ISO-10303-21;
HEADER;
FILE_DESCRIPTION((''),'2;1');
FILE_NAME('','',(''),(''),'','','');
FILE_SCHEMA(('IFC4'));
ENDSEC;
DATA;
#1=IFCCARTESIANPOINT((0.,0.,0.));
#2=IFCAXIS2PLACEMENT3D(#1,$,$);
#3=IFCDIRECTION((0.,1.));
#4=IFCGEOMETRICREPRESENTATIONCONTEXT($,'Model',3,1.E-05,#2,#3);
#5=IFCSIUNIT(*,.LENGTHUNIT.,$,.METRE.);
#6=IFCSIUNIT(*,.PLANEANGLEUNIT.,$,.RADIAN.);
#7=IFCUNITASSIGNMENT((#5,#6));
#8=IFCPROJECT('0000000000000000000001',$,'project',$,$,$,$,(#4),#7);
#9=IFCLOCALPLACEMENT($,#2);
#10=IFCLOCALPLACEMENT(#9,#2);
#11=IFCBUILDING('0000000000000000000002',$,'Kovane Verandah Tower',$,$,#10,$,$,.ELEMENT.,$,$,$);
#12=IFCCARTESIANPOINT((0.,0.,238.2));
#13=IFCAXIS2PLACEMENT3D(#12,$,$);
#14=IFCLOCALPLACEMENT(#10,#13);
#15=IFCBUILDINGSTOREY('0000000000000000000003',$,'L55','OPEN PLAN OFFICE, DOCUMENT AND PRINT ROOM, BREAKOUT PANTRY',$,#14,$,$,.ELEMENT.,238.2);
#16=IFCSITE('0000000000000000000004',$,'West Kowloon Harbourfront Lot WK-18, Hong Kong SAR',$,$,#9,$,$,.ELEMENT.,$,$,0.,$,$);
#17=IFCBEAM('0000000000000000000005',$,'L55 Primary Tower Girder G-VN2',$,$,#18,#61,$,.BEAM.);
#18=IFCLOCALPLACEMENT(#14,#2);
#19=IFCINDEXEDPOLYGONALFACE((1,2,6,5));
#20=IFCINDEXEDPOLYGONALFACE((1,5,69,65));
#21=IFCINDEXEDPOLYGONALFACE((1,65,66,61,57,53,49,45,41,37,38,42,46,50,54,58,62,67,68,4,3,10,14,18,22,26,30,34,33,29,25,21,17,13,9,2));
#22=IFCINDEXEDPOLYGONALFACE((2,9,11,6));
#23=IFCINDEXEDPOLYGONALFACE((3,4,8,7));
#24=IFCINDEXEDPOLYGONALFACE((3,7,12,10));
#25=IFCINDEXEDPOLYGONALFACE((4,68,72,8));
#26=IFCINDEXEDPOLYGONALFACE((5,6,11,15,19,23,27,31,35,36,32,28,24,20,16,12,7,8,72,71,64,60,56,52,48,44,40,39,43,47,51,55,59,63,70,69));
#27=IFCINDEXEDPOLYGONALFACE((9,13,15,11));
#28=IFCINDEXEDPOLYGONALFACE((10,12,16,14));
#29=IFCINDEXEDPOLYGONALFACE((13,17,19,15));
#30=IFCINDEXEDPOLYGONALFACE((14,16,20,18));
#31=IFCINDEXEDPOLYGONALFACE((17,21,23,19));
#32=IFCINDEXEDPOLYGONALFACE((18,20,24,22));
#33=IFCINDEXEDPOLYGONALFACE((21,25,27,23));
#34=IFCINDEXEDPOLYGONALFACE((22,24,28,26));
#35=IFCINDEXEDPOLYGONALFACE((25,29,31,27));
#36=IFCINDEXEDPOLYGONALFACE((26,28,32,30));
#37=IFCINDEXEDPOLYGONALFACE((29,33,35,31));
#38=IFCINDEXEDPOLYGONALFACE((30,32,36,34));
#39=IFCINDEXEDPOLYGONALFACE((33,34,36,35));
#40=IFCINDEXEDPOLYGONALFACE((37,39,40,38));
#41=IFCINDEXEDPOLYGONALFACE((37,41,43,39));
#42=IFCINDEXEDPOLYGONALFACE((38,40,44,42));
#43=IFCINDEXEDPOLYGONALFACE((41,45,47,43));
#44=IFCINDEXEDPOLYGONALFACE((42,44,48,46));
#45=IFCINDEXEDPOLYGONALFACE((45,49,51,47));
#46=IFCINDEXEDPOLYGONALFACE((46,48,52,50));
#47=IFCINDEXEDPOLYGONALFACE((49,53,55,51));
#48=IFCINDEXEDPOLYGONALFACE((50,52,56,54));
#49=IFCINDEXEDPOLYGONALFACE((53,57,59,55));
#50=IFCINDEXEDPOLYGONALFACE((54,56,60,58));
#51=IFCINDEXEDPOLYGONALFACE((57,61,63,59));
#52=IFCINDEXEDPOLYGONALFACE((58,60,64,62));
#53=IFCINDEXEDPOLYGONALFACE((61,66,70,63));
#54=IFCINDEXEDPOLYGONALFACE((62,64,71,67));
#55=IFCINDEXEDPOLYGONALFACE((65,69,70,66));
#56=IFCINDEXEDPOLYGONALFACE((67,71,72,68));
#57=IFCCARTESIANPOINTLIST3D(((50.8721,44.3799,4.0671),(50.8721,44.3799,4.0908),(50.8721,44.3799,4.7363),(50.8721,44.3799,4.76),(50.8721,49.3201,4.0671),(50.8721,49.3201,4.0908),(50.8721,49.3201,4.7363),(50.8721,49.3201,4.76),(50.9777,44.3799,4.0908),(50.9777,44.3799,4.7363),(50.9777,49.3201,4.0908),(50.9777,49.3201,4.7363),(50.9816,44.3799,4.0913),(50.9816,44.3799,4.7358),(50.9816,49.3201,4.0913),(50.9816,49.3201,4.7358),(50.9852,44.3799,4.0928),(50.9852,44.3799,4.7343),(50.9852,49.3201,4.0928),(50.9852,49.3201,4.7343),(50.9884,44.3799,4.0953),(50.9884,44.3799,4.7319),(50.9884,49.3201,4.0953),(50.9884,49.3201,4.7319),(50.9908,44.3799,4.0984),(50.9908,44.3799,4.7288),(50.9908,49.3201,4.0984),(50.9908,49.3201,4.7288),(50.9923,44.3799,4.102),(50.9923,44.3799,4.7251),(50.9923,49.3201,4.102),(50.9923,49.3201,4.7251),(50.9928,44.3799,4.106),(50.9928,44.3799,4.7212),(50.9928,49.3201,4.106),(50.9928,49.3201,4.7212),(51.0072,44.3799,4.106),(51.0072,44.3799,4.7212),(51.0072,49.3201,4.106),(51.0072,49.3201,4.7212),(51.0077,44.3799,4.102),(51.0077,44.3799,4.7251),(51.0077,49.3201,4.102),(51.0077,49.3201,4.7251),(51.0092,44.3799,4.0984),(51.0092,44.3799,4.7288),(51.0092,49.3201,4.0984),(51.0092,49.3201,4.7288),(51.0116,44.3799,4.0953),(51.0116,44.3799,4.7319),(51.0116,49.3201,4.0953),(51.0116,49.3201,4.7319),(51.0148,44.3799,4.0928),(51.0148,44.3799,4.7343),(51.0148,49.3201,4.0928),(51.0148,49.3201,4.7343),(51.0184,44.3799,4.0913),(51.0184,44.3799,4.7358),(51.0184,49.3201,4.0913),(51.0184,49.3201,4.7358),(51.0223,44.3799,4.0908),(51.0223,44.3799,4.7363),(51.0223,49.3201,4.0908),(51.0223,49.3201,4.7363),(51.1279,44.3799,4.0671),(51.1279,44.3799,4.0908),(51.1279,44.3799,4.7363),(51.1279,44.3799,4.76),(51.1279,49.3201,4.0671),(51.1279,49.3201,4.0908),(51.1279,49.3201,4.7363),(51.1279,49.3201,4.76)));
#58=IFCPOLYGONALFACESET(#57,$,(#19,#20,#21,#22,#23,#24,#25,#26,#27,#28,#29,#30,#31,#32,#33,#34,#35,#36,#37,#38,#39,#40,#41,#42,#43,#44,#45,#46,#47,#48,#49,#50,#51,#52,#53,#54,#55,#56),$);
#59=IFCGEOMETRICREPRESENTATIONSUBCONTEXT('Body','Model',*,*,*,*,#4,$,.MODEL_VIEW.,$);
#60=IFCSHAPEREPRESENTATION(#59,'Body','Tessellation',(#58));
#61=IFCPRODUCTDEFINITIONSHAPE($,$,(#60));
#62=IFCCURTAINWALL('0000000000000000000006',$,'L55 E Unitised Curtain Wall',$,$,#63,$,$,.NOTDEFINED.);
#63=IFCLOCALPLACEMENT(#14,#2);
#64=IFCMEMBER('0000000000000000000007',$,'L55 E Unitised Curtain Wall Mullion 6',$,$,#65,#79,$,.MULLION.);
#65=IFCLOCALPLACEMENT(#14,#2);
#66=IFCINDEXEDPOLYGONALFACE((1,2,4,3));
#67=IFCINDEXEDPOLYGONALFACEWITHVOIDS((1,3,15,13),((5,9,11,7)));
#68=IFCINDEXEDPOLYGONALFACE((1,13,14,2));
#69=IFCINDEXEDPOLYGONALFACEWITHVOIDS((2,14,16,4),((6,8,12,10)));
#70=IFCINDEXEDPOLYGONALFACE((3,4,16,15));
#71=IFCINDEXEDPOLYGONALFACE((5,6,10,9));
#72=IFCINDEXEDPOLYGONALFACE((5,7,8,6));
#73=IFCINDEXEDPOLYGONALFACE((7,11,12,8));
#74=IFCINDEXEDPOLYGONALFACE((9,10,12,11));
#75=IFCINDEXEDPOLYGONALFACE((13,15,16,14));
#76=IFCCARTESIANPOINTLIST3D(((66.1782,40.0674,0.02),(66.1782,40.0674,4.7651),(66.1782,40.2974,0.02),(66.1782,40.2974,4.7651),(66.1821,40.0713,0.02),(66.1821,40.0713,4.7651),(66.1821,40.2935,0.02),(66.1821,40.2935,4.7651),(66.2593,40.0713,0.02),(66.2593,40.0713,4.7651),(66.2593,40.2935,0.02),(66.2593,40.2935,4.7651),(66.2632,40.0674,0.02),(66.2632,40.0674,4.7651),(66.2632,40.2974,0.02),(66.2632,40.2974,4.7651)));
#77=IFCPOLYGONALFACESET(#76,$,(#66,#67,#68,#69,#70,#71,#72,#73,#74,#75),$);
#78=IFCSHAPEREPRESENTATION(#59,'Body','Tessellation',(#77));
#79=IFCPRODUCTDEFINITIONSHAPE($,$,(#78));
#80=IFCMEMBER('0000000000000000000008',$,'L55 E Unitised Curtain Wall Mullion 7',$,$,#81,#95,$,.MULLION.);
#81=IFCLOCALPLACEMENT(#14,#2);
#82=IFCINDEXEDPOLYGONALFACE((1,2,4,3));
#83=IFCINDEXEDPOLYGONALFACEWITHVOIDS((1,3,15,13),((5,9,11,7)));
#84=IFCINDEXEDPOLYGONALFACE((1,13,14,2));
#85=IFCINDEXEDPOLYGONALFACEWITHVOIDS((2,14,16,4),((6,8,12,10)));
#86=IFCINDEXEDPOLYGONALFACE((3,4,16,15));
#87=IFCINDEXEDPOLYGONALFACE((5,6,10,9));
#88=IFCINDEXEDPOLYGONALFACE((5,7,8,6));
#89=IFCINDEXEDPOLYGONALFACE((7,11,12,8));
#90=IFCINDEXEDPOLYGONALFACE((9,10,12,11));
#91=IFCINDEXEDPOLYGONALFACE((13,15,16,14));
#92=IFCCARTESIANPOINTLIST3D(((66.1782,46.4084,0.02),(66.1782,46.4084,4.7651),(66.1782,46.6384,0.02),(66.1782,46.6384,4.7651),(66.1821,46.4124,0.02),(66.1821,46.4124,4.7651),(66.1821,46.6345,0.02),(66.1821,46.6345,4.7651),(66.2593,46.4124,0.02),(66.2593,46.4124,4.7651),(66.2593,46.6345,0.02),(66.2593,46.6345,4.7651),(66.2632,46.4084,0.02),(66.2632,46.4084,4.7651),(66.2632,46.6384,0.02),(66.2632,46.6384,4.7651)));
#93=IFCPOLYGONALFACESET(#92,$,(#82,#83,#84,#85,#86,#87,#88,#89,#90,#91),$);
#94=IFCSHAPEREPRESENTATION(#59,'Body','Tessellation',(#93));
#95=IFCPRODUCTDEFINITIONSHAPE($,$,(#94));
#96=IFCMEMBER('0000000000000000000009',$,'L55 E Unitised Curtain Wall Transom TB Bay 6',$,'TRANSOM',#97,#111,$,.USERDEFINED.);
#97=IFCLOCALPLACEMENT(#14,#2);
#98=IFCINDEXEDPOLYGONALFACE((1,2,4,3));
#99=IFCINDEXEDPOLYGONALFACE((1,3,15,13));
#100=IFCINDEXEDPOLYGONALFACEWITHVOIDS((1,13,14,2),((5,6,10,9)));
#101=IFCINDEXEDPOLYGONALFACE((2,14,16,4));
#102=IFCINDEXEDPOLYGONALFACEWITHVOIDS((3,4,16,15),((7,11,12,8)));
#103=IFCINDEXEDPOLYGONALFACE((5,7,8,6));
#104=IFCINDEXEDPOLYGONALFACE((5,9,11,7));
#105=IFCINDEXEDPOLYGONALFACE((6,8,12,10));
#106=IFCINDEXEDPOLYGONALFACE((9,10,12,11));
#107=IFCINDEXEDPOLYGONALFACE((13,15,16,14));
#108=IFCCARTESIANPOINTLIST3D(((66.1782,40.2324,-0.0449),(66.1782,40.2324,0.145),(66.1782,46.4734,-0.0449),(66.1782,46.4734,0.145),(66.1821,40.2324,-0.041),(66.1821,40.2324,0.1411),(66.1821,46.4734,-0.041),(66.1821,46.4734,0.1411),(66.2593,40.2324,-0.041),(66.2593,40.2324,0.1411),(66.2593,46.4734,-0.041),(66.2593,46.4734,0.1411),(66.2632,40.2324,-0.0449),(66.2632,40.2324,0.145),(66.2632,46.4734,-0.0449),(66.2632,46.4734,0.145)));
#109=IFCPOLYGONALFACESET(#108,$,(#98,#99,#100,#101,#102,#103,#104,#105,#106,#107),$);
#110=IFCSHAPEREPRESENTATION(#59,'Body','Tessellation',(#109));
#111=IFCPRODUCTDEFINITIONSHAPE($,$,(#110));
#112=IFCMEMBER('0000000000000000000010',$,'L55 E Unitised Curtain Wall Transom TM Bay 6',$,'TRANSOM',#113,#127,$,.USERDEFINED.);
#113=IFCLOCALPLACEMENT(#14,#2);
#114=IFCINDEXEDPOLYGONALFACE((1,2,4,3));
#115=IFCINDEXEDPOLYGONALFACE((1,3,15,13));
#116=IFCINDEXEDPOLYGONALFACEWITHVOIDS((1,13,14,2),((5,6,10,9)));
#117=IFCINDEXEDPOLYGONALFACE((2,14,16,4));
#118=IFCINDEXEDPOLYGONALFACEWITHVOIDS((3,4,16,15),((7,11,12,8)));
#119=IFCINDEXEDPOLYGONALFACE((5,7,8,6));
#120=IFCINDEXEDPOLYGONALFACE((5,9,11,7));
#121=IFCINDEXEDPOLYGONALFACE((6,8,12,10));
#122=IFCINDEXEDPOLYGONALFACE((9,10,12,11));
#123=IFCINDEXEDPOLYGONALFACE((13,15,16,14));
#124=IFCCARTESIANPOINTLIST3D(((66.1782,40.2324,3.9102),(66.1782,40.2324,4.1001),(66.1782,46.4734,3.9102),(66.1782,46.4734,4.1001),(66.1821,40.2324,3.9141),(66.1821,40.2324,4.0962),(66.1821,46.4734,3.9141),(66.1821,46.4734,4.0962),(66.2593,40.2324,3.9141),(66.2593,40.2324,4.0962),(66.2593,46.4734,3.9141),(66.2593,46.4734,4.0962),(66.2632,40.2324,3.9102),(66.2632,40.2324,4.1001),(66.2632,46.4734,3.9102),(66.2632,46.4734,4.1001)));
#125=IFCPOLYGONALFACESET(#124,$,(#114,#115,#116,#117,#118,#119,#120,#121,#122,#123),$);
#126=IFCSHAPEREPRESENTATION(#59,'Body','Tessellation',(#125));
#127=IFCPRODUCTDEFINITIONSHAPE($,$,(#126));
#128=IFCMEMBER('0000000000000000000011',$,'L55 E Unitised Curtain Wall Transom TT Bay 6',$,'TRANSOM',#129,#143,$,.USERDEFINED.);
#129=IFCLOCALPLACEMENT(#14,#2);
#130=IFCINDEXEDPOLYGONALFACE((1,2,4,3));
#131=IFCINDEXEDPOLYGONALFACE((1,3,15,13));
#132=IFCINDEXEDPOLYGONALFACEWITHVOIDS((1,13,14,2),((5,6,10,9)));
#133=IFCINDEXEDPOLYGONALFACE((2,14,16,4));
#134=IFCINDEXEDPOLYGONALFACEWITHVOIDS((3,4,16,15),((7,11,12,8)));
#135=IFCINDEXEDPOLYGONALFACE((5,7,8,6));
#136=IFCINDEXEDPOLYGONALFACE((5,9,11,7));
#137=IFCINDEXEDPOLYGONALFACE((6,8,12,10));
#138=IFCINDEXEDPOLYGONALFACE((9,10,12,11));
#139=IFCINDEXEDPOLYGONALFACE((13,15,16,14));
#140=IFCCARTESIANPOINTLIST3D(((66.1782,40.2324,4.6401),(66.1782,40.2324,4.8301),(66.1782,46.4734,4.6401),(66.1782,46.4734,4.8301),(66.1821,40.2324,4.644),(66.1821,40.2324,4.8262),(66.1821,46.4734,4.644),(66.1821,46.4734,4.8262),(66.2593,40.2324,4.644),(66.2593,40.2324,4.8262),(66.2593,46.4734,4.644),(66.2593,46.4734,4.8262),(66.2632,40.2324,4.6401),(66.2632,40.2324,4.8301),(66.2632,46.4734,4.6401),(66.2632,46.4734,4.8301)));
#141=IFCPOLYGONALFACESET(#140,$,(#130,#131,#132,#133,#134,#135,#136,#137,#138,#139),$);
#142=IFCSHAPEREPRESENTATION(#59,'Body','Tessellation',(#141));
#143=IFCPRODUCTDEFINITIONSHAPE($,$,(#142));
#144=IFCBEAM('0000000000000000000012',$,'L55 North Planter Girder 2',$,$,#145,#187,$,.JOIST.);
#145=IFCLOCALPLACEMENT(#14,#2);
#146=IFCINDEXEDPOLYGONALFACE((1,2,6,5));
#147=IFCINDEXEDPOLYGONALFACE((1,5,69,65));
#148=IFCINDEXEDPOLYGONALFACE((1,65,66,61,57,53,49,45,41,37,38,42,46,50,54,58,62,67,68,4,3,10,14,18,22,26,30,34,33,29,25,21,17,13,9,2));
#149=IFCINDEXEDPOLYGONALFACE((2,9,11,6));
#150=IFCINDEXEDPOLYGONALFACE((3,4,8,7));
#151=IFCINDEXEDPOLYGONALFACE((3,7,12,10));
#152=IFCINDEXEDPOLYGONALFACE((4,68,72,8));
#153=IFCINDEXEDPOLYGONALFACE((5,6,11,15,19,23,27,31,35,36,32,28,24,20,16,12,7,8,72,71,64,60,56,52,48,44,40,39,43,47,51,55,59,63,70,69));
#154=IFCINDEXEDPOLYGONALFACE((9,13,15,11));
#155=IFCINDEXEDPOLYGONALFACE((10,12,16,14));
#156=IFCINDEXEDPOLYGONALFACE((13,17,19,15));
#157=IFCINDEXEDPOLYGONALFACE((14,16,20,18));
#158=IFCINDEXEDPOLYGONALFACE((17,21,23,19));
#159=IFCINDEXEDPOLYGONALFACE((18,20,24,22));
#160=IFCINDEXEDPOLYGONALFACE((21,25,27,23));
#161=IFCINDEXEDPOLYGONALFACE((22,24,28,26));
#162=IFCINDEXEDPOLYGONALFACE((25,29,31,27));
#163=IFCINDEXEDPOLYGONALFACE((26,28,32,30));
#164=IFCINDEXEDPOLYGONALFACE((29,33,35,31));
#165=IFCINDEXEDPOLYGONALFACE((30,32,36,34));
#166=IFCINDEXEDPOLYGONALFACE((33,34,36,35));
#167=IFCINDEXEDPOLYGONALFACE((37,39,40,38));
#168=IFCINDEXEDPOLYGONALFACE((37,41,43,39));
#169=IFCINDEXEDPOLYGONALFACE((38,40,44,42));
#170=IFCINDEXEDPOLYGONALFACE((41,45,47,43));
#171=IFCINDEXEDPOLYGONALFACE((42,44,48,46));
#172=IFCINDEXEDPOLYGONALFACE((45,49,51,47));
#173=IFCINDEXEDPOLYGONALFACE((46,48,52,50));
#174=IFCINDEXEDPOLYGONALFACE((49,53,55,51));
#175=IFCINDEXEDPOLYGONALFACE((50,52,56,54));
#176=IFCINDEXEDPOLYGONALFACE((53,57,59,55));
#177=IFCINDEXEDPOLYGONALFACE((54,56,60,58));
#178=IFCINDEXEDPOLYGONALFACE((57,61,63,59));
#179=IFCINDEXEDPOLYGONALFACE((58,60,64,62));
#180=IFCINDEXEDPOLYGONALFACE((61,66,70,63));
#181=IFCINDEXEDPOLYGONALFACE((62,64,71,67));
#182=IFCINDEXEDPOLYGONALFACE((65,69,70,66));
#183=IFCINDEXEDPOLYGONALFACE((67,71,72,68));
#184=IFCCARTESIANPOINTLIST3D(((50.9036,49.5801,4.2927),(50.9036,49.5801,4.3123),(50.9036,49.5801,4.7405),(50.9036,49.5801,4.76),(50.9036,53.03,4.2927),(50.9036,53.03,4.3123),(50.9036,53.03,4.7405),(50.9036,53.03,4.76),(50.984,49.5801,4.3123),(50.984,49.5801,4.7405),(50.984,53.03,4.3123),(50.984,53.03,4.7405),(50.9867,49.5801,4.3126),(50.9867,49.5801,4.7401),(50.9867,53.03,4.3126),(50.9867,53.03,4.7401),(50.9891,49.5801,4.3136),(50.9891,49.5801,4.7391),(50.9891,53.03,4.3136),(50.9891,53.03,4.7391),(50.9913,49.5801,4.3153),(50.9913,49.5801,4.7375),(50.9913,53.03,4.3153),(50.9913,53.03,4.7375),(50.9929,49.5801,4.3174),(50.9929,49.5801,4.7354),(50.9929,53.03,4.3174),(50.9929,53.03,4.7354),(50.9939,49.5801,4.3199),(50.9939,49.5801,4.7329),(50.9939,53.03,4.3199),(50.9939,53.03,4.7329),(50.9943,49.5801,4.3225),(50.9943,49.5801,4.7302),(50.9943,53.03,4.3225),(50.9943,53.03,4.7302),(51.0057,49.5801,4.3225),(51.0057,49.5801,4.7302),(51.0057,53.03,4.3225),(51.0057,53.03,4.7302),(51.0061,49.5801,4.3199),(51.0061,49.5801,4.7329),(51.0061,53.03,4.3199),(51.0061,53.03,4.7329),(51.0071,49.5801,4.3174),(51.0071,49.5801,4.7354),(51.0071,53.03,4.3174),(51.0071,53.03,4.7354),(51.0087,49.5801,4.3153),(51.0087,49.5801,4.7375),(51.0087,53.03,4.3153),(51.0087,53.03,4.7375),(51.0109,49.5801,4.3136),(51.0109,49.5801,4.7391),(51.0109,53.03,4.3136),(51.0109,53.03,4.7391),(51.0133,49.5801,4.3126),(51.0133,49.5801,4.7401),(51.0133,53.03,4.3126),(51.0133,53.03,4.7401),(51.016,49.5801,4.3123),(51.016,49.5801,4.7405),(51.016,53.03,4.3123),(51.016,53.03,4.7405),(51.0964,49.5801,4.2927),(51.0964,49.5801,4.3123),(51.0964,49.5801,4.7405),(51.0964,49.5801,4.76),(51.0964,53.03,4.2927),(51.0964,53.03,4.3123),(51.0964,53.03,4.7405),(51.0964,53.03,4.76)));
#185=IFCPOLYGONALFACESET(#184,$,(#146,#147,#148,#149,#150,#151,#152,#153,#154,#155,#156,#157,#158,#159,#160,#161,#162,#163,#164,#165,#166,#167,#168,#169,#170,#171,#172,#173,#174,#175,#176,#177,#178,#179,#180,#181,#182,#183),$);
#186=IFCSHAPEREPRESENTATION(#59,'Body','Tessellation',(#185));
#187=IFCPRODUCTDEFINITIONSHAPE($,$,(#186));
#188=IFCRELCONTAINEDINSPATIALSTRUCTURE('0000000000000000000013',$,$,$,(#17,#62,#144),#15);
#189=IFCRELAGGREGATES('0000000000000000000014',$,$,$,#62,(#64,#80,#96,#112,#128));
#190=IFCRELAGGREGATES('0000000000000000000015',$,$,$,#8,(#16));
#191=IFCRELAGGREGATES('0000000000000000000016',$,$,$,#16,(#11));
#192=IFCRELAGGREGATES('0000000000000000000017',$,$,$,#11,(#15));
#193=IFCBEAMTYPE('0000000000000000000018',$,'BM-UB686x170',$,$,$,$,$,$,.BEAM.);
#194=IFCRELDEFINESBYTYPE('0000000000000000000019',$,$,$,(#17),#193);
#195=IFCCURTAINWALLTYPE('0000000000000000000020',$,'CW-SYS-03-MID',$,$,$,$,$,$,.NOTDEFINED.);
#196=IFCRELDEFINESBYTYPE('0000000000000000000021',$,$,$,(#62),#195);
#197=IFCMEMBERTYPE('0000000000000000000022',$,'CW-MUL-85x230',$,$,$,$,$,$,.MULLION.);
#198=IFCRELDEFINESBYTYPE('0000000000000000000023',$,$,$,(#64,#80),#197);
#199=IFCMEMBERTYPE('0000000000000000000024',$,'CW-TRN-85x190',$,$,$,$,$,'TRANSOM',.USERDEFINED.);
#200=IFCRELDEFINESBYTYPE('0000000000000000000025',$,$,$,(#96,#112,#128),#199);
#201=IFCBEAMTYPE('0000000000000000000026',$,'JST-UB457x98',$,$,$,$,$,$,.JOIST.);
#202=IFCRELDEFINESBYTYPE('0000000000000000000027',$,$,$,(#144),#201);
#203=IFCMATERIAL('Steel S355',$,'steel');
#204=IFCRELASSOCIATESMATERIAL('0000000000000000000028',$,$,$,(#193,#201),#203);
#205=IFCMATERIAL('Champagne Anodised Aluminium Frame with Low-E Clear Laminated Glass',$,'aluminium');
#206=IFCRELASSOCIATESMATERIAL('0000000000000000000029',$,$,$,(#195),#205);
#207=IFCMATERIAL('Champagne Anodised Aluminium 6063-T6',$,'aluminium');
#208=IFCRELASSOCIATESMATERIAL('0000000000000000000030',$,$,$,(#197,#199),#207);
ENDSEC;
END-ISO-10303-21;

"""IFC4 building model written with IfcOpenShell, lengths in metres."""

from ifc_helpers import new_model, si_unit, direction, frame, origin, origin_2d, place, context, subcontext, project, spatial, hollow_rectangle, i_section, extrude, material, material_profile, profile_set, type_object, element, aggregate, save


model = new_model("IFC4")

# Units and contexts
model_context = context("Model", 3, precision=1e-05, world=origin(), true_north=direction((0.0, 1.0)))
body_context = subcontext(model_context, "Body", "Model", "MODEL_VIEW")
ifc_project = project(units=[si_unit("LENGTHUNIT", "METRE"), si_unit("PLANEANGLEUNIT", "RADIAN")], contexts=[model_context])

# Site, building, storey
site_placement = place(None, origin())
site = spatial("IfcSite", under=ifc_project, at=site_placement, Name="West Kowloon Harbourfront Lot WK-18, Hong Kong SAR", CompositionType="ELEMENT", RefElevation=0.0)
building_placement = place(site_placement, origin())
building = spatial("IfcBuilding", under=site, at=building_placement, Name="Kovane Verandah Tower", CompositionType="ELEMENT")
storey_placement = place(building_placement, frame((0.0, 0.0, 238.2)))
storey = spatial("IfcBuildingStorey", under=building, at=storey_placement, Name="L55", Description="OPEN PLAN OFFICE, DOCUMENT AND PRINT ROOM, BREAKOUT PANTRY", CompositionType="ELEMENT", Elevation=238.2)

# Beam
ifc_material_1 = material(Name="Steel S355", Category="steel")
ifc_material_profile_1 = material_profile(ifc_material_1, i_section(OverallWidth=0.2559, OverallDepth=0.6929, WebThickness=0.0144, FlangeThickness=0.0237, FilletRadius=0.0151, at=origin_2d()), Name="UB686x254x170")
ifc_profile_set_1 = profile_set([ifc_material_profile_1], Name="Steel S355")
beam_type_1 = type_object("IfcBeamType", Name="BM-UB686x170", PredefinedType="BEAM", material=ifc_profile_set_1)
beam_1_placement = place(storey_placement, frame((51.0, 44.3799, 4.4136), z_axis=(0.0, 1.0, 0.0), x_axis=(-1.0, 0.0, 0.0)))
element("IfcBeam", 1, at=beam_1_placement, inside=storey, type_object=beam_type_1, Name="L55 Primary Tower Girder G-VN2", PredefinedType="BEAM", context=body_context, shape_type="SweptSolid", body=[
    extrude(i_section(OverallWidth=0.2559, OverallDepth=0.6929, WebThickness=0.0144, FlangeThickness=0.0237, FilletRadius=0.0151, at=origin_2d()), origin(), (0.0, 0.0, 1.0), 4.9402),
])

# Curtain wall, members
ifc_material_2 = material(Name="Champagne Anodised Aluminium Frame with Low-E Clear Laminated Glass", Category="aluminium")
curtain_wall_type = type_object("IfcCurtainWallType", Name="CW-SYS-03-MID", PredefinedType="NOTDEFINED", material=ifc_material_2)
curtain_wall_placement = place(storey_placement, origin())
curtain_wall = element("IfcCurtainWall", 2, at=curtain_wall_placement, inside=storey, type_object=curtain_wall_type, Name="L55 E Unitised Curtain Wall", PredefinedType="NOTDEFINED")
ifc_material_3 = material(Name="Champagne Anodised Aluminium 6063-T6", Category="aluminium")
ifc_material_profile_2 = material_profile(ifc_material_3, hollow_rectangle(XDim=0.085, YDim=0.23, WallThickness=0.0039, at=origin_2d()), Name="AL85x230x4")
ifc_profile_set_2 = profile_set([ifc_material_profile_2], Name="Champagne Anodised Aluminium 6063-T6")
member_type_1 = type_object("IfcMemberType", Name="CW-MUL-85x230", PredefinedType="MULLION", material=ifc_profile_set_2)
member_1_placement = place(storey_placement, frame((66.2207, 40.1824, 0.02), z_axis=(0.0, 0.0, 1.0), x_axis=(1.0, 0.0, 0.0)))
member_1 = element("IfcMember", 3, at=member_1_placement, type_object=member_type_1, Name="L55 E Unitised Curtain Wall Mullion 6", PredefinedType="MULLION", context=body_context, shape_type="SweptSolid", body=[
    extrude(hollow_rectangle(XDim=0.085, YDim=0.23, WallThickness=0.0039, at=origin_2d()), origin(), (0.0, 0.0, 1.0), 4.7451),
])
member_2_placement = place(storey_placement, frame((66.2207, 46.5234, 0.02), z_axis=(0.0, 0.0, 1.0), x_axis=(1.0, 0.0, 0.0)))
member_2 = element("IfcMember", 4, at=member_2_placement, type_object=member_type_1, Name="L55 E Unitised Curtain Wall Mullion 7", PredefinedType="MULLION", context=body_context, shape_type="SweptSolid", body=[
    extrude(hollow_rectangle(XDim=0.085, YDim=0.23, WallThickness=0.0039, at=origin_2d()), origin(), (0.0, 0.0, 1.0), 4.7451),
])
ifc_material_profile_3 = material_profile(ifc_material_3, hollow_rectangle(XDim=0.085, YDim=0.1899, WallThickness=0.0039, at=origin_2d()), Name="AL85x190x4")
ifc_profile_set_3 = profile_set([ifc_material_profile_3], Name="Champagne Anodised Aluminium 6063-T6")
member_type_2 = type_object("IfcMemberType", Name="CW-TRN-85x190", ElementType="TRANSOM", PredefinedType="USERDEFINED", material=ifc_profile_set_3)
member_3_placement = place(storey_placement, frame((66.2207, 40.2324, 0.05), z_axis=(0.0, 1.0, 0.0), x_axis=(-1.0, 0.0, 0.0)))
member_3 = element("IfcMember", 5, at=member_3_placement, type_object=member_type_2, Name="L55 E Unitised Curtain Wall Transom TB Bay 6", ObjectType="TRANSOM", PredefinedType="USERDEFINED", context=body_context, shape_type="SweptSolid", body=[
    extrude(hollow_rectangle(XDim=0.085, YDim=0.1899, WallThickness=0.0039, at=origin_2d()), origin(), (0.0, 0.0, 1.0), 6.241),
])
member_4_placement = place(storey_placement, frame((66.2207, 40.2324, 4.0051), z_axis=(0.0, 1.0, 0.0), x_axis=(-1.0, 0.0, 0.0)))
member_4 = element("IfcMember", 6, at=member_4_placement, type_object=member_type_2, Name="L55 E Unitised Curtain Wall Transom TM Bay 6", ObjectType="TRANSOM", PredefinedType="USERDEFINED", context=body_context, shape_type="SweptSolid", body=[
    extrude(hollow_rectangle(XDim=0.085, YDim=0.1899, WallThickness=0.0039, at=origin_2d()), origin(), (0.0, 0.0, 1.0), 6.241),
])
member_5_placement = place(storey_placement, frame((66.2207, 40.2324, 4.7351), z_axis=(0.0, 1.0, 0.0), x_axis=(-1.0, 0.0, 0.0)))
member_5 = element("IfcMember", 7, at=member_5_placement, type_object=member_type_2, Name="L55 E Unitised Curtain Wall Transom TT Bay 6", ObjectType="TRANSOM", PredefinedType="USERDEFINED", context=body_context, shape_type="SweptSolid", body=[
    extrude(hollow_rectangle(XDim=0.085, YDim=0.1899, WallThickness=0.0039, at=origin_2d()), origin(), (0.0, 0.0, 1.0), 6.241),
])

# Beam
ifc_material_profile_4 = material_profile(ifc_material_1, i_section(OverallWidth=0.1929, OverallDepth=0.4673, WebThickness=0.0115, FlangeThickness=0.0195, FilletRadius=0.0103, at=origin_2d()), Name="UB457x191x98")
ifc_profile_set_4 = profile_set([ifc_material_profile_4], Name="Steel S355")
beam_type_2 = type_object("IfcBeamType", Name="JST-UB457x98", PredefinedType="JOIST", material=ifc_profile_set_4)
beam_2_placement = place(storey_placement, frame((51.0, 49.5801, 4.5264), z_axis=(0.0, 1.0, 0.0), x_axis=(-1.0, 0.0, 0.0)))
element("IfcBeam", 8, at=beam_2_placement, inside=storey, type_object=beam_type_2, Name="L55 North Planter Girder 2", PredefinedType="JOIST", context=body_context, shape_type="SweptSolid", body=[
    extrude(i_section(OverallWidth=0.1929, OverallDepth=0.4673, WebThickness=0.0115, FlangeThickness=0.0195, FilletRadius=0.0103, at=origin_2d()), origin(), (0.0, 0.0, 1.0), 3.45),
])

aggregate(curtain_wall, [member_1, member_2, member_3, member_4, member_5])

save(model, "model.ifc")
